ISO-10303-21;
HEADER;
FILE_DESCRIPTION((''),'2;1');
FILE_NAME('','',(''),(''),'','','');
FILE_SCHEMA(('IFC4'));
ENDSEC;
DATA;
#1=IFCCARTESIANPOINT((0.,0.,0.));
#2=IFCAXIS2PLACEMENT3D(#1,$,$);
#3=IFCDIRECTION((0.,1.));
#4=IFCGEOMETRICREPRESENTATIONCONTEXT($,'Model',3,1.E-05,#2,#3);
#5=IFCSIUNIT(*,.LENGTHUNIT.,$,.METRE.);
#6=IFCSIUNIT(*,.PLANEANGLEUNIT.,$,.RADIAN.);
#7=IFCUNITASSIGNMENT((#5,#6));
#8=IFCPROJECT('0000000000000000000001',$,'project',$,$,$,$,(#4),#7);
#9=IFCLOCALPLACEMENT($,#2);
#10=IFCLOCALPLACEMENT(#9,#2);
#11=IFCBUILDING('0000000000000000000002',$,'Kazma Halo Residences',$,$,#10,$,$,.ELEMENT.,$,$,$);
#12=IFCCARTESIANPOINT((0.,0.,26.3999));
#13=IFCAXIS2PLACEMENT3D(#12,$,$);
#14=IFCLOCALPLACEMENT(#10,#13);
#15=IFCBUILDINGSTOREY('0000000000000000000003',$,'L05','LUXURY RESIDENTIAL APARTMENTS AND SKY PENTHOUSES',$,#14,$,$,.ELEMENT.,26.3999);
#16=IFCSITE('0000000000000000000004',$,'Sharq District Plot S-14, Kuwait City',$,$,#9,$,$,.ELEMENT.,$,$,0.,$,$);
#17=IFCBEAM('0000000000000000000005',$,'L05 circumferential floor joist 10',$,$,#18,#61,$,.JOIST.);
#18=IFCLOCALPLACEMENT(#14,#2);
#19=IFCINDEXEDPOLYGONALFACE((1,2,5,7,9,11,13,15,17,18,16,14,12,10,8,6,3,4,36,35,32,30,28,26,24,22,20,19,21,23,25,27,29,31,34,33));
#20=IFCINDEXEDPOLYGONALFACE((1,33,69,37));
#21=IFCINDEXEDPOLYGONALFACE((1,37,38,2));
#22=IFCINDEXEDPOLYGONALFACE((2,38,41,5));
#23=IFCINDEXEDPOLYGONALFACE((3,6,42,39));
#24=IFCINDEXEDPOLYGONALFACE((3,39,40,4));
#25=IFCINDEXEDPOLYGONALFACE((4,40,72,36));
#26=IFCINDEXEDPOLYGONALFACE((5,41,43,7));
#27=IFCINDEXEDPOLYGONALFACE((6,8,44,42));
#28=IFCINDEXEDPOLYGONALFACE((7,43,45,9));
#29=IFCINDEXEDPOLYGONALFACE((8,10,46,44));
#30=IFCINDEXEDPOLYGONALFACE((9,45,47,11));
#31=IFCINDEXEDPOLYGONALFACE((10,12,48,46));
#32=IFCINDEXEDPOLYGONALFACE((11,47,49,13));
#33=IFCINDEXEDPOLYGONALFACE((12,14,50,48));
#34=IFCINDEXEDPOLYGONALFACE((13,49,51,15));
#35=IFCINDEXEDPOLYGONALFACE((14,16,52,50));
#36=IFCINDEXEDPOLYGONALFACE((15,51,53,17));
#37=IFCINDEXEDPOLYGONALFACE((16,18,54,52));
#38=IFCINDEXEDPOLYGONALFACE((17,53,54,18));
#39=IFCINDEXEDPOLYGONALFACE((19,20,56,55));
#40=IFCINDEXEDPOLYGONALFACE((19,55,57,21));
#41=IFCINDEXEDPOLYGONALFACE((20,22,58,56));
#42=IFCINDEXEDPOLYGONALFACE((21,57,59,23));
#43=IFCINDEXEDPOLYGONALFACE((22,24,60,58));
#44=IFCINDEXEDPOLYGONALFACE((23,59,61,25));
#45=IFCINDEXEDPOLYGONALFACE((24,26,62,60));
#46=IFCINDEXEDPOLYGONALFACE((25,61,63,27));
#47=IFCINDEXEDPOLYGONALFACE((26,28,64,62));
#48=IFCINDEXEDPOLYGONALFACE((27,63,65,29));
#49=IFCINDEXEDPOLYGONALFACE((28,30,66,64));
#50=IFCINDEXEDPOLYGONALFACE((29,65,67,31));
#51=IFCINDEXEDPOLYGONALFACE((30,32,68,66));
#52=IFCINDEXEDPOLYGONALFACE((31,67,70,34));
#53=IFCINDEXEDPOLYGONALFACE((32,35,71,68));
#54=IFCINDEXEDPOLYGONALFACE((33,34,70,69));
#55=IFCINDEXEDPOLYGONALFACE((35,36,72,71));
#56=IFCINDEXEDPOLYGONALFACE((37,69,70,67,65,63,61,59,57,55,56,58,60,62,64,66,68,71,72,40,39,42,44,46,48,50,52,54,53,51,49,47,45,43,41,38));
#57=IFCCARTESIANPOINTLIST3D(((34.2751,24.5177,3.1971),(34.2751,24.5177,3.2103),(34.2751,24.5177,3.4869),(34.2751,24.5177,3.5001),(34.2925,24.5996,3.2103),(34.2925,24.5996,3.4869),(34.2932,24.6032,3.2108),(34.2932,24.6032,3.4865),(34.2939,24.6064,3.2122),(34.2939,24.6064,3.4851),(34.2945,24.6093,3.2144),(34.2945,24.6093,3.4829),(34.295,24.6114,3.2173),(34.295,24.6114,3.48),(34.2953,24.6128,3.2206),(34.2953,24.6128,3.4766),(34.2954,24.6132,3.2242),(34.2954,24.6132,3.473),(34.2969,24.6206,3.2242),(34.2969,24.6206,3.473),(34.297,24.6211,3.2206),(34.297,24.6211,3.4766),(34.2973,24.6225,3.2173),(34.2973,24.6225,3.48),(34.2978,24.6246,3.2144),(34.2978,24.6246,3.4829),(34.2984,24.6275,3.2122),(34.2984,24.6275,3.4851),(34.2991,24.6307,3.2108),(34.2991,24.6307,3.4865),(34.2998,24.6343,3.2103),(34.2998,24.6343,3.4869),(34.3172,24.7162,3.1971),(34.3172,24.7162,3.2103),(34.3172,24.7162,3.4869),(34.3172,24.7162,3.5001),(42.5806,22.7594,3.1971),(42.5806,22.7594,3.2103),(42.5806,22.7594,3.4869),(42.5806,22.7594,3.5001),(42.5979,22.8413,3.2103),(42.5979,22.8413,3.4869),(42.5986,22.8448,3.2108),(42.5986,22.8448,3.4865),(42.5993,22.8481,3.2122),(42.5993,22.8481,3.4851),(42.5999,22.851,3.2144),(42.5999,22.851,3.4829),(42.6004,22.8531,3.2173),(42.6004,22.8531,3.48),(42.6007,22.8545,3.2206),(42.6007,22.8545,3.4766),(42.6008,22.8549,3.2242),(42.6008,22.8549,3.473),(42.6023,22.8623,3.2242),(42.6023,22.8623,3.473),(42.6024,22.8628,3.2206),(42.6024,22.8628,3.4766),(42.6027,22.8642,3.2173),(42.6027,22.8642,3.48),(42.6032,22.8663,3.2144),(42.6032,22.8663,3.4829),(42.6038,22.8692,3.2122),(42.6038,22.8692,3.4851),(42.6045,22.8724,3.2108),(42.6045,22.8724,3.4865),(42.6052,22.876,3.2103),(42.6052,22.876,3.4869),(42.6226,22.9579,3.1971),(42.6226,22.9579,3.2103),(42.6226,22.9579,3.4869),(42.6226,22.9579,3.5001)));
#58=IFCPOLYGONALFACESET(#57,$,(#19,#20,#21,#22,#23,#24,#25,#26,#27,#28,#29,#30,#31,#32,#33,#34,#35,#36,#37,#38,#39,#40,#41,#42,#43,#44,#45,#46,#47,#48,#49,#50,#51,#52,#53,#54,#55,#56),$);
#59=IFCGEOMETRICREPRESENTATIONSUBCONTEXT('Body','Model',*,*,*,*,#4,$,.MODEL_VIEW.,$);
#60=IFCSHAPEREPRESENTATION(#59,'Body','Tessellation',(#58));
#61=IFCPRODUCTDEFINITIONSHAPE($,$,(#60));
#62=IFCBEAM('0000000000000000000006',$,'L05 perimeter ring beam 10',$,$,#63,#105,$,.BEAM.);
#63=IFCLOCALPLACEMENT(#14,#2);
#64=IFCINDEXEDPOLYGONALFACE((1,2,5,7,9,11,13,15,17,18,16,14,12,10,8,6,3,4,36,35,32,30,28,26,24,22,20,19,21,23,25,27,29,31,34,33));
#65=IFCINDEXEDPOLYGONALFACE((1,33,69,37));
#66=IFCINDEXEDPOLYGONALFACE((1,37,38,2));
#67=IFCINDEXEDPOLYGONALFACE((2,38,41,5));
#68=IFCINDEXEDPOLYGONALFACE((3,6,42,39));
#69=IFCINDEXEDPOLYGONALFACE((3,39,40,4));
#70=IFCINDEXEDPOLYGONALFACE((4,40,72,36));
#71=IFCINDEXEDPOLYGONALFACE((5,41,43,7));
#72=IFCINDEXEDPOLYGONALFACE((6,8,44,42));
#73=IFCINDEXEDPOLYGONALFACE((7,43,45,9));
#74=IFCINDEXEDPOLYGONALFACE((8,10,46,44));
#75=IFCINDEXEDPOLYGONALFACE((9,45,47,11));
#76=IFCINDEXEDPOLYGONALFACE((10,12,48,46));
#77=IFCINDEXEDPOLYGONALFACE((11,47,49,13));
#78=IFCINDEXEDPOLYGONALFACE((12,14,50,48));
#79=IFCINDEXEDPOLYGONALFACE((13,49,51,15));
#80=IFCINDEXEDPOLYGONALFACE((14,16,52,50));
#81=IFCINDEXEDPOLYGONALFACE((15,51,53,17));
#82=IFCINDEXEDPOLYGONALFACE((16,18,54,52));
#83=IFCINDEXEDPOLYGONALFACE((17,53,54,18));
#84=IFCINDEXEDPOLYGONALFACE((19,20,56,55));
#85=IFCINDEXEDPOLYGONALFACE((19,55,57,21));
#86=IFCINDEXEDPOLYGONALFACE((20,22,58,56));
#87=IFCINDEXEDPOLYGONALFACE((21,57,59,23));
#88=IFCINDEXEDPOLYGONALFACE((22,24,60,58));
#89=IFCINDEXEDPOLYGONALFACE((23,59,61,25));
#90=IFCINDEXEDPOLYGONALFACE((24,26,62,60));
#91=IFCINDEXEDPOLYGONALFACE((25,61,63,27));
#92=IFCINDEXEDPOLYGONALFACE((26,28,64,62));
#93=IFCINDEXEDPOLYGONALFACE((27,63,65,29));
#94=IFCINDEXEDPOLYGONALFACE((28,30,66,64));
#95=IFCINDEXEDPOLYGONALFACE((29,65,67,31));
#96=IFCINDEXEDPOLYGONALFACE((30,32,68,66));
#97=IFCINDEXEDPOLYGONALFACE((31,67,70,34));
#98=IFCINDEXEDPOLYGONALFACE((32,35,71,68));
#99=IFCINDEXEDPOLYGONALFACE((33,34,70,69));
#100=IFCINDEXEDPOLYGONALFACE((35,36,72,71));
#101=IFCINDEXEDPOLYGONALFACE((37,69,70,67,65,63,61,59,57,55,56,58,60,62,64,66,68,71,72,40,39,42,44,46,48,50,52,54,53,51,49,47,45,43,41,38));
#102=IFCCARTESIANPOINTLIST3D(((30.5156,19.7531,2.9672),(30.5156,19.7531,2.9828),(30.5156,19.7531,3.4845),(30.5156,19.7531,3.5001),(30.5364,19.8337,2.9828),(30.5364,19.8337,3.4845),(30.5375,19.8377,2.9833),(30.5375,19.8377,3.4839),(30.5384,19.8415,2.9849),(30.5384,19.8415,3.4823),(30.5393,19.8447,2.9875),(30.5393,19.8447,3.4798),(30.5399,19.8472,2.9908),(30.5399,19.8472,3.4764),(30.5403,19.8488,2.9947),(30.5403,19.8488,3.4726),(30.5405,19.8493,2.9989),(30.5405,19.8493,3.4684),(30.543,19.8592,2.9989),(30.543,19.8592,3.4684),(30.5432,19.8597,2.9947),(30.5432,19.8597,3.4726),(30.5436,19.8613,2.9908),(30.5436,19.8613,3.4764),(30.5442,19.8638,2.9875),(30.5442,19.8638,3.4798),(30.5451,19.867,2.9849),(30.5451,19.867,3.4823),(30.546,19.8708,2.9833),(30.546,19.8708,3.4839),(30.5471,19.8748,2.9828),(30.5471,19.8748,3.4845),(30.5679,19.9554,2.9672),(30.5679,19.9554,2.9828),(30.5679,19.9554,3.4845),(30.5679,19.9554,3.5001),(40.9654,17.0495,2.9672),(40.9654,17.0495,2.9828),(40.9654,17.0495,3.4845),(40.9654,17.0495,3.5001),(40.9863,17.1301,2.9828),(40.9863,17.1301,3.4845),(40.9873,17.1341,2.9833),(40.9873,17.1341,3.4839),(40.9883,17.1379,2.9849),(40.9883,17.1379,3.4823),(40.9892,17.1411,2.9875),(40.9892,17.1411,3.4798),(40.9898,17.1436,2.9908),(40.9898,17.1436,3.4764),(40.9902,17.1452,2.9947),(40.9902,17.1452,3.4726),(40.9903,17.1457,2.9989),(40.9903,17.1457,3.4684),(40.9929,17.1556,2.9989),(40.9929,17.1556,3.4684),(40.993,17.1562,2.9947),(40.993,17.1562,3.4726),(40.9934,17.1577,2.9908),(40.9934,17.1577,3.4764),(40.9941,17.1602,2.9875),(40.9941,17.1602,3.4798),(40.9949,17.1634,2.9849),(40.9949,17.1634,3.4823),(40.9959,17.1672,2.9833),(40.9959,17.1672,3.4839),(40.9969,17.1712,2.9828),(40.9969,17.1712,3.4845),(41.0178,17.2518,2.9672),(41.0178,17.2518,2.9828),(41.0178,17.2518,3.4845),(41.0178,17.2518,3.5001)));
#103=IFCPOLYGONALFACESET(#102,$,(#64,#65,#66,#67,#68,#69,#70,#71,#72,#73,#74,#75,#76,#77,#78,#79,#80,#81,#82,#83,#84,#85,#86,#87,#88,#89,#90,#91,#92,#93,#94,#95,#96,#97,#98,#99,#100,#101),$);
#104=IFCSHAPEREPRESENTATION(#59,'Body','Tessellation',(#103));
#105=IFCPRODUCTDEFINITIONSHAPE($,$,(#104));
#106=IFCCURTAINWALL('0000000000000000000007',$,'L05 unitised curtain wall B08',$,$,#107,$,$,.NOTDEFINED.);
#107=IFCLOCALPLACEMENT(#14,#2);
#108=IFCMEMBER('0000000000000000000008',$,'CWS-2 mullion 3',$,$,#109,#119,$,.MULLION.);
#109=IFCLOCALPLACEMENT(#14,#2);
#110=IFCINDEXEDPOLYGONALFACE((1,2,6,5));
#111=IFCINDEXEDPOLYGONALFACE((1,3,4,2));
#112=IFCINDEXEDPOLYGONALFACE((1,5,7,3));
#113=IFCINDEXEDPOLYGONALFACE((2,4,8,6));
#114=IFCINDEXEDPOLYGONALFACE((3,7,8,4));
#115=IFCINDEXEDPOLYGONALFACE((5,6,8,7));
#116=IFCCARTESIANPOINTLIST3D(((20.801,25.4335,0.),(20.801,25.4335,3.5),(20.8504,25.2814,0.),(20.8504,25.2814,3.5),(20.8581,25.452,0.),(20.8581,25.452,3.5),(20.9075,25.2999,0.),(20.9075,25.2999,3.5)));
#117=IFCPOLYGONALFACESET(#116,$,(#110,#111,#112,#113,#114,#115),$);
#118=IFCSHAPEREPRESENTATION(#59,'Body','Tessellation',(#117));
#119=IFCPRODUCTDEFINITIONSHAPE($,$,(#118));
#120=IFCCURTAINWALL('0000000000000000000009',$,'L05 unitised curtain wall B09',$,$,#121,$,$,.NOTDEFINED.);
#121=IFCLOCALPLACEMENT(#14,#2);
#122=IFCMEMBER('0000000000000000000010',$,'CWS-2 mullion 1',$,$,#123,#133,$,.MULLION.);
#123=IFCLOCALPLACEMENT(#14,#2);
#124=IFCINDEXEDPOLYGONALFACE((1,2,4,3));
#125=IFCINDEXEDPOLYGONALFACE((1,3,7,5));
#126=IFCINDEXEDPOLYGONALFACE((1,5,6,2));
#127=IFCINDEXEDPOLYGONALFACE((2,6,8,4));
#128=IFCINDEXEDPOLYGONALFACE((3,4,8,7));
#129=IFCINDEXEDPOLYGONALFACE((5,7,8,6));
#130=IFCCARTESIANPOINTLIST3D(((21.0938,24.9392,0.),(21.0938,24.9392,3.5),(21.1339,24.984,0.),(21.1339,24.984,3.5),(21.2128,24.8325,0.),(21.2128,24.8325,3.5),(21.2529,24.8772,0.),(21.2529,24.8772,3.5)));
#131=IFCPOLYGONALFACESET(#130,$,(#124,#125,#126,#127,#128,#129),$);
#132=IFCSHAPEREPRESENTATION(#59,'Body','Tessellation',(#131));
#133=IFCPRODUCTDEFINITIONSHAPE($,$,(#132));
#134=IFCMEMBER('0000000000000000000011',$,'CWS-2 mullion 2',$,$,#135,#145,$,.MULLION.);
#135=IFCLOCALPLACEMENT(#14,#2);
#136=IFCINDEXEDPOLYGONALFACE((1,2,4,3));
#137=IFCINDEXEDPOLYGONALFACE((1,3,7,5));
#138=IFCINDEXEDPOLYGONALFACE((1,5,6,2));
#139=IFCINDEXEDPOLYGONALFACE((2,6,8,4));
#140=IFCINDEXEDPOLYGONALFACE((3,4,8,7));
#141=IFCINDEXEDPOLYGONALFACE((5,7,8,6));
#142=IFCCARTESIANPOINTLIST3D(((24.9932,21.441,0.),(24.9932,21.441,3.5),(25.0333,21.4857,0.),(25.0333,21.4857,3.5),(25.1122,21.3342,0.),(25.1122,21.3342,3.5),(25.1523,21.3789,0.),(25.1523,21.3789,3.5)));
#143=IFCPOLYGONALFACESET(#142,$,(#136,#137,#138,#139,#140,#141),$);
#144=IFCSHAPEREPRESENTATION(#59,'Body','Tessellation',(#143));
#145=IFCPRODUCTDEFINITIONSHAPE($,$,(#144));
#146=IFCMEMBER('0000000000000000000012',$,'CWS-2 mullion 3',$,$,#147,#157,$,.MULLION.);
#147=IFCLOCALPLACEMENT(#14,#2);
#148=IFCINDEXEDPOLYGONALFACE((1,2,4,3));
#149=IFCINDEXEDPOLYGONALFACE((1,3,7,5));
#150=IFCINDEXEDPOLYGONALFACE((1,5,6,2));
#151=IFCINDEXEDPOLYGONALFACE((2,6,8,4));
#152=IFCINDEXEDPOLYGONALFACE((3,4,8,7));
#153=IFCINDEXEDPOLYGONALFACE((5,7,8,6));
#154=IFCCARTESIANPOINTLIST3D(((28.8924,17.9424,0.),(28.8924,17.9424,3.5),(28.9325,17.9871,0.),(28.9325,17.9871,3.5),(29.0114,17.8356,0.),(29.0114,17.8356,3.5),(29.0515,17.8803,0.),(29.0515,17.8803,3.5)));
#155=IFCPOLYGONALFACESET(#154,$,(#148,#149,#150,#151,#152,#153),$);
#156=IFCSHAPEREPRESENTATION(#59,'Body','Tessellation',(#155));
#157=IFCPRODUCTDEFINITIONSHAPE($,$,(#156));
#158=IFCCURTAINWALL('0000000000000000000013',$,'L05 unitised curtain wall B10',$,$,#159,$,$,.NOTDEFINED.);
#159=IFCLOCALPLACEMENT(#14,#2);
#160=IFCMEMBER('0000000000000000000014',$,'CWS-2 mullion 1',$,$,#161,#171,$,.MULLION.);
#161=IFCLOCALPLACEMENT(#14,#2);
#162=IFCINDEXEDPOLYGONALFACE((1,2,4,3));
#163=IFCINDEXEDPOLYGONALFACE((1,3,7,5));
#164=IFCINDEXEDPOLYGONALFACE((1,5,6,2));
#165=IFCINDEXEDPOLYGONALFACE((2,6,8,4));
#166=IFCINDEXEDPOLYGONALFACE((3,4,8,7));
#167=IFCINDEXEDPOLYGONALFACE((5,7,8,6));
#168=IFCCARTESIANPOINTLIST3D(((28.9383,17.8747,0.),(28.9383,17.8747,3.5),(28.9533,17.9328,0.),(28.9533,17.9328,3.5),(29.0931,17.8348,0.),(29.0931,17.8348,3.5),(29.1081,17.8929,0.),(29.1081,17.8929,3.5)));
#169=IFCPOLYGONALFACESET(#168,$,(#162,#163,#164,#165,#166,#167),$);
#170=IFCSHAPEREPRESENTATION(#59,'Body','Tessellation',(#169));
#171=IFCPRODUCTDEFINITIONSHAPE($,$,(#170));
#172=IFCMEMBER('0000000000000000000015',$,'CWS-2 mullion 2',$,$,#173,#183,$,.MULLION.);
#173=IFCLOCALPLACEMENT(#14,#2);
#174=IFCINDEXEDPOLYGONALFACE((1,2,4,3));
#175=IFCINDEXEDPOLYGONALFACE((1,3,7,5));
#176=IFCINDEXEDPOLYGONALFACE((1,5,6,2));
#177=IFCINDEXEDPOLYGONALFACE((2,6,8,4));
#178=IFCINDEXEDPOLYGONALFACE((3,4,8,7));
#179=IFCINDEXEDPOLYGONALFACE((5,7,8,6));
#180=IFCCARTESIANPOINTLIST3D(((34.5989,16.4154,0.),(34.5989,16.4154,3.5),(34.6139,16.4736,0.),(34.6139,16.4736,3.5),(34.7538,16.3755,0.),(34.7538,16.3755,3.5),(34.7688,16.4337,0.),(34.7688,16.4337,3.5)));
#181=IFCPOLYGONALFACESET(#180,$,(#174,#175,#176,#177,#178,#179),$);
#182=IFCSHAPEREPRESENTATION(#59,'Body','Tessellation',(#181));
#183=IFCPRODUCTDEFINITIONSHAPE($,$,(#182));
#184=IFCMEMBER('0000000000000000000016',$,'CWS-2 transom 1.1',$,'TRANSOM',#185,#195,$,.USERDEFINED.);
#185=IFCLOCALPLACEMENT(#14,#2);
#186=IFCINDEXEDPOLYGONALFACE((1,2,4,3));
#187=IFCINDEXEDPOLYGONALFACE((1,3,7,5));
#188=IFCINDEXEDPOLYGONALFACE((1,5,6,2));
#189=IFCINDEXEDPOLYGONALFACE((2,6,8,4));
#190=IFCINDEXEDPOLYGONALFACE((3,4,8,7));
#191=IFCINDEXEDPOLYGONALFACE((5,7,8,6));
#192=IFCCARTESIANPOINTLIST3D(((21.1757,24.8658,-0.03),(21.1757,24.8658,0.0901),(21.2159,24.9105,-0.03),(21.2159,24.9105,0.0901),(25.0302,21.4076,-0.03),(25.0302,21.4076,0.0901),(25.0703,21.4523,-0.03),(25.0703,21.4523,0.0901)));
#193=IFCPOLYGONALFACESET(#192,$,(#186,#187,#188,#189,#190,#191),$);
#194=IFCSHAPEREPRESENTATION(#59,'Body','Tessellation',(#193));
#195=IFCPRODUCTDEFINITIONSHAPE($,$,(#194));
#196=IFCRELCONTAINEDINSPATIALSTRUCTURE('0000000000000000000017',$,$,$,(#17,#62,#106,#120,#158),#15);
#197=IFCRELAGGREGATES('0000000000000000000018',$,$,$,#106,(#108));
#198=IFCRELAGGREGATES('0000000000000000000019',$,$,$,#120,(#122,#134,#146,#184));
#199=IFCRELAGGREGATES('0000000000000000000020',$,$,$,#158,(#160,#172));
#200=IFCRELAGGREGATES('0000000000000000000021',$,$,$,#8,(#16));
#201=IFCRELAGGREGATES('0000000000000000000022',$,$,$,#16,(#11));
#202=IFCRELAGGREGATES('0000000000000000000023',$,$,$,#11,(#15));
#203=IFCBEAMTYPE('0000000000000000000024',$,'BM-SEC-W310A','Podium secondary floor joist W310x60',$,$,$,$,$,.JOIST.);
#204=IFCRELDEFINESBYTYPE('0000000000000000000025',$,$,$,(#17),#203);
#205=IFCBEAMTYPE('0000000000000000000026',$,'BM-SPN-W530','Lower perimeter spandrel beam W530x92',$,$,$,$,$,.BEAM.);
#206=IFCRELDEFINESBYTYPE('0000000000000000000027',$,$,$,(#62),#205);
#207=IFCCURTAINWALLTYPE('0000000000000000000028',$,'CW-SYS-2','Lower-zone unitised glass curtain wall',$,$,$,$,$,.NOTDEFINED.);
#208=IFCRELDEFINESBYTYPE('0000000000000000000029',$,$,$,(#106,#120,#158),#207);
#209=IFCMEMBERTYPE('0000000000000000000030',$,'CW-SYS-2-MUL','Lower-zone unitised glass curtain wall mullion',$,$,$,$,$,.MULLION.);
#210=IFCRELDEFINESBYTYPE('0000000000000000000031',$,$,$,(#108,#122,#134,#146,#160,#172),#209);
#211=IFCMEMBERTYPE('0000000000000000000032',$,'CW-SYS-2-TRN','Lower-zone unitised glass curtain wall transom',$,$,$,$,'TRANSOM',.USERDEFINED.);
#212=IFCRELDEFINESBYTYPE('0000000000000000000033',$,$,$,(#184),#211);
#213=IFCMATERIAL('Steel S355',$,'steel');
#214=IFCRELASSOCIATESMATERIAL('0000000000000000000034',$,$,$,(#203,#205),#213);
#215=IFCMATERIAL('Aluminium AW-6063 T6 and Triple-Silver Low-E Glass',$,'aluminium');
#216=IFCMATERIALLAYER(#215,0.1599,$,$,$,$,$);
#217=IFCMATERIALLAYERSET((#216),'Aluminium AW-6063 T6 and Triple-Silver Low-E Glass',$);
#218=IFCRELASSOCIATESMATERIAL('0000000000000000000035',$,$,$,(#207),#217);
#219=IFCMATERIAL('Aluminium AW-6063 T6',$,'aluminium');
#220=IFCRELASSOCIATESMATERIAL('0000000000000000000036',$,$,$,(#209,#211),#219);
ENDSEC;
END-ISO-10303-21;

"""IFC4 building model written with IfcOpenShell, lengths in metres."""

from ifc_helpers import new_model, si_unit, direction, frame, origin, origin_2d, place, context, subcontext, project, spatial, rectangle, i_section, extrude, material, layer, layer_set, material_profile, profile_set, type_object, element, aggregate, save


model = new_model("IFC4")

# Units and contexts
model_context = context("Model", 3, precision=1e-05, world=origin(), true_north=direction((0.0, 1.0)))
body_context = subcontext(model_context, "Body", "Model", "MODEL_VIEW")
ifc_project = project(units=[si_unit("LENGTHUNIT", "METRE"), si_unit("PLANEANGLEUNIT", "RADIAN")], contexts=[model_context])

# Site, building, storey
site_placement = place(None, origin())
site = spatial("IfcSite", under=ifc_project, at=site_placement, Name="Sharq District Plot S-14, Kuwait City", CompositionType="ELEMENT", RefElevation=0.0)
building_placement = place(site_placement, origin())
building = spatial("IfcBuilding", under=site, at=building_placement, Name="Kazma Halo Residences", CompositionType="ELEMENT")
storey_placement = place(building_placement, frame((0.0, 0.0, 26.3999)))
storey = spatial("IfcBuildingStorey", under=building, at=storey_placement, Name="L05", Description="LUXURY RESIDENTIAL APARTMENTS AND SKY PENTHOUSES", CompositionType="ELEMENT", Elevation=26.3999)

# Beams
ifc_material_1 = material(Name="Steel S355", Category="steel")
ifc_material_profile_1 = material_profile(ifc_material_1, i_section(OverallWidth=0.2029, OverallDepth=0.303, WebThickness=0.0076, FlangeThickness=0.0132, FilletRadius=0.0139, at=origin_2d()), Name="W310x60")
ifc_profile_set_1 = profile_set([ifc_material_profile_1], Name="Steel S355")
beam_type_1 = type_object("IfcBeamType", Name="BM-SEC-W310A", Description="Podium secondary floor joist W310x60", PredefinedType="JOIST", material=ifc_profile_set_1)
beam_1_placement = place(storey_placement, frame((34.2961, 24.6169, 3.3486), z_axis=(0.978317, -0.207115, 0.0), x_axis=(0.207115, 0.978317, 0.0)))
element("IfcBeam", 1, at=beam_1_placement, inside=storey, type_object=beam_type_1, Name="L05 circumferential floor joist 10", PredefinedType="JOIST", context=body_context, shape_type="SweptSolid", body=[
    extrude(i_section(OverallWidth=0.2029, OverallDepth=0.303, WebThickness=0.0076, FlangeThickness=0.0132, FilletRadius=0.0139, at=origin_2d()), origin(), (0.0, 0.0, 1.0), 8.4895),
])
ifc_material_profile_2 = material_profile(ifc_material_1, i_section(OverallWidth=0.209, OverallDepth=0.533, WebThickness=0.0103, FlangeThickness=0.0156, FilletRadius=0.0161, at=origin_2d()), Name="W530x92")
ifc_profile_set_2 = profile_set([ifc_material_profile_2], Name="Steel S355")
beam_type_2 = type_object("IfcBeamType", Name="BM-SPN-W530", Description="Lower perimeter spandrel beam W530x92", PredefinedType="BEAM", material=ifc_profile_set_2)
beam_2_placement = place(storey_placement, frame((30.5417, 19.8542, 3.2336), z_axis=(0.968124, -0.250473, 0.0), x_axis=(0.250473, 0.968124, 0.0)))
element("IfcBeam", 2, at=beam_2_placement, inside=storey, type_object=beam_type_2, Name="L05 perimeter ring beam 10", PredefinedType="BEAM", context=body_context, shape_type="SweptSolid", body=[
    extrude(i_section(OverallWidth=0.209, OverallDepth=0.533, WebThickness=0.0103, FlangeThickness=0.0156, FilletRadius=0.0161, at=origin_2d()), origin(), (0.0, 0.0, 1.0), 10.7939),
])

# Curtain wall, member
ifc_material_2 = material(Name="Aluminium AW-6063 T6 and Triple-Silver Low-E Glass", Category="aluminium")
ifc_layer_1 = layer(ifc_material_2, 0.1599)
ifc_layer_set_1 = layer_set([ifc_layer_1], Name="Aluminium AW-6063 T6 and Triple-Silver Low-E Glass")
curtain_wall_type = type_object("IfcCurtainWallType", Name="CW-SYS-2", Description="Lower-zone unitised glass curtain wall", PredefinedType="NOTDEFINED", material=ifc_layer_set_1)
curtain_wall_1_placement = place(storey_placement, origin())
curtain_wall_1 = element("IfcCurtainWall", 3, at=curtain_wall_1_placement, inside=storey, type_object=curtain_wall_type, Name="L05 unitised curtain wall B08", PredefinedType="NOTDEFINED")
ifc_material_3 = material(Name="Aluminium AW-6063 T6", Category="aluminium")
ifc_material_profile_3 = material_profile(ifc_material_3, rectangle(XDim=0.0601, YDim=0.1599, at=origin_2d()), Name="CWM-60x160")
ifc_profile_set_3 = profile_set([ifc_material_profile_3], Name="Aluminium AW-6063 T6")
member_type_1 = type_object("IfcMemberType", Name="CW-SYS-2-MUL", Description="Lower-zone unitised glass curtain wall mullion", PredefinedType="MULLION", material=ifc_profile_set_3)
member_1_placement = place(storey_placement, frame((20.8542, 25.3667, 0.0), z_axis=(0.0, 0.0, 1.0), x_axis=(0.951057, 0.309017, 0.0)))
member_1 = element("IfcMember", 4, at=member_1_placement, type_object=member_type_1, Name="CWS-2 mullion 3", PredefinedType="MULLION", context=body_context, shape_type="SweptSolid", body=[
    extrude(rectangle(XDim=0.0601, YDim=0.1599, at=origin_2d()), origin(), (0.0, 0.0, 1.0), 3.5),
])
aggregate(curtain_wall_1, [member_1])

# Curtain walls, members
curtain_wall_2_placement = place(storey_placement, origin())
curtain_wall_2 = element("IfcCurtainWall", 5, at=curtain_wall_2_placement, inside=storey, type_object=curtain_wall_type, Name="L05 unitised curtain wall B09", PredefinedType="NOTDEFINED")
member_2_placement = place(storey_placement, frame((21.1733, 24.9082, 0.0), z_axis=(0.0, 0.0, 1.0), x_axis=(0.667821, 0.744322, 0.0)))
member_2 = element("IfcMember", 6, at=member_2_placement, type_object=member_type_1, Name="CWS-2 mullion 1", PredefinedType="MULLION", context=body_context, shape_type="SweptSolid", body=[
    extrude(rectangle(XDim=0.0601, YDim=0.1599, at=origin_2d()), origin(), (0.0, 0.0, 1.0), 3.5),
])
member_3_placement = place(storey_placement, frame((25.0728, 21.4099, 0.0), z_axis=(0.0, 0.0, 1.0), x_axis=(0.667821, 0.744322, 0.0)))
member_3 = element("IfcMember", 7, at=member_3_placement, type_object=member_type_1, Name="CWS-2 mullion 2", PredefinedType="MULLION", context=body_context, shape_type="SweptSolid", body=[
    extrude(rectangle(XDim=0.0601, YDim=0.1599, at=origin_2d()), origin(), (0.0, 0.0, 1.0), 3.5),
])
member_4_placement = place(storey_placement, frame((28.9719, 17.9114, 0.0), z_axis=(0.0, 0.0, 1.0), x_axis=(0.667821, 0.744322, 0.0)))
member_4 = element("IfcMember", 8, at=member_4_placement, type_object=member_type_1, Name="CWS-2 mullion 3", PredefinedType="MULLION", context=body_context, shape_type="SweptSolid", body=[
    extrude(rectangle(XDim=0.0601, YDim=0.1599, at=origin_2d()), origin(), (0.0, 0.0, 1.0), 3.5),
])
curtain_wall_3_placement = place(storey_placement, origin())
curtain_wall_3 = element("IfcCurtainWall", 9, at=curtain_wall_3_placement, inside=storey, type_object=curtain_wall_type, Name="L05 unitised curtain wall B10", PredefinedType="NOTDEFINED")
member_5_placement = place(storey_placement, frame((29.0232, 17.8838, 0.0), z_axis=(0.0, 0.0, 1.0), x_axis=(0.249635, 0.96834, 0.0)))
member_5 = element("IfcMember", 10, at=member_5_placement, type_object=member_type_1, Name="CWS-2 mullion 1", PredefinedType="MULLION", context=body_context, shape_type="SweptSolid", body=[
    extrude(rectangle(XDim=0.0601, YDim=0.1599, at=origin_2d()), origin(), (0.0, 0.0, 1.0), 3.5),
])
member_6_placement = place(storey_placement, frame((34.6838, 16.4246, 0.0), z_axis=(0.0, 0.0, 1.0), x_axis=(0.249635, 0.96834, 0.0)))
member_6 = element("IfcMember", 11, at=member_6_placement, type_object=member_type_1, Name="CWS-2 mullion 2", PredefinedType="MULLION", context=body_context, shape_type="SweptSolid", body=[
    extrude(rectangle(XDim=0.0601, YDim=0.1599, at=origin_2d()), origin(), (0.0, 0.0, 1.0), 3.5),
])

# Member
ifc_material_profile_4 = material_profile(ifc_material_3, rectangle(XDim=0.0601, YDim=0.1201, at=origin_2d()), Name="CWT-60x120")
ifc_profile_set_4 = profile_set([ifc_material_profile_4], Name="Aluminium AW-6063 T6")
member_type_2 = type_object("IfcMemberType", Name="CW-SYS-2-TRN", Description="Lower-zone unitised glass curtain wall transom", ElementType="TRANSOM", PredefinedType="USERDEFINED", material=ifc_profile_set_4)
member_7_placement = place(storey_placement, frame((21.1958, 24.8882, 0.03), z_axis=(0.744329, -0.667813, 0.0), x_axis=(0.667813, 0.744329, 0.0)))
member_7 = element("IfcMember", 12, at=member_7_placement, type_object=member_type_2, Name="CWS-2 transom 1.1", ObjectType="TRANSOM", PredefinedType="USERDEFINED", context=body_context, shape_type="SweptSolid", body=[
    extrude(rectangle(XDim=0.0601, YDim=0.1201, at=origin_2d()), origin(), (0.0, 0.0, 1.0), 5.1785),
])

aggregate(curtain_wall_2, [member_2, member_3, member_4, member_7])
aggregate(curtain_wall_3, [member_5, member_6])

save(model, "model.ifc")
